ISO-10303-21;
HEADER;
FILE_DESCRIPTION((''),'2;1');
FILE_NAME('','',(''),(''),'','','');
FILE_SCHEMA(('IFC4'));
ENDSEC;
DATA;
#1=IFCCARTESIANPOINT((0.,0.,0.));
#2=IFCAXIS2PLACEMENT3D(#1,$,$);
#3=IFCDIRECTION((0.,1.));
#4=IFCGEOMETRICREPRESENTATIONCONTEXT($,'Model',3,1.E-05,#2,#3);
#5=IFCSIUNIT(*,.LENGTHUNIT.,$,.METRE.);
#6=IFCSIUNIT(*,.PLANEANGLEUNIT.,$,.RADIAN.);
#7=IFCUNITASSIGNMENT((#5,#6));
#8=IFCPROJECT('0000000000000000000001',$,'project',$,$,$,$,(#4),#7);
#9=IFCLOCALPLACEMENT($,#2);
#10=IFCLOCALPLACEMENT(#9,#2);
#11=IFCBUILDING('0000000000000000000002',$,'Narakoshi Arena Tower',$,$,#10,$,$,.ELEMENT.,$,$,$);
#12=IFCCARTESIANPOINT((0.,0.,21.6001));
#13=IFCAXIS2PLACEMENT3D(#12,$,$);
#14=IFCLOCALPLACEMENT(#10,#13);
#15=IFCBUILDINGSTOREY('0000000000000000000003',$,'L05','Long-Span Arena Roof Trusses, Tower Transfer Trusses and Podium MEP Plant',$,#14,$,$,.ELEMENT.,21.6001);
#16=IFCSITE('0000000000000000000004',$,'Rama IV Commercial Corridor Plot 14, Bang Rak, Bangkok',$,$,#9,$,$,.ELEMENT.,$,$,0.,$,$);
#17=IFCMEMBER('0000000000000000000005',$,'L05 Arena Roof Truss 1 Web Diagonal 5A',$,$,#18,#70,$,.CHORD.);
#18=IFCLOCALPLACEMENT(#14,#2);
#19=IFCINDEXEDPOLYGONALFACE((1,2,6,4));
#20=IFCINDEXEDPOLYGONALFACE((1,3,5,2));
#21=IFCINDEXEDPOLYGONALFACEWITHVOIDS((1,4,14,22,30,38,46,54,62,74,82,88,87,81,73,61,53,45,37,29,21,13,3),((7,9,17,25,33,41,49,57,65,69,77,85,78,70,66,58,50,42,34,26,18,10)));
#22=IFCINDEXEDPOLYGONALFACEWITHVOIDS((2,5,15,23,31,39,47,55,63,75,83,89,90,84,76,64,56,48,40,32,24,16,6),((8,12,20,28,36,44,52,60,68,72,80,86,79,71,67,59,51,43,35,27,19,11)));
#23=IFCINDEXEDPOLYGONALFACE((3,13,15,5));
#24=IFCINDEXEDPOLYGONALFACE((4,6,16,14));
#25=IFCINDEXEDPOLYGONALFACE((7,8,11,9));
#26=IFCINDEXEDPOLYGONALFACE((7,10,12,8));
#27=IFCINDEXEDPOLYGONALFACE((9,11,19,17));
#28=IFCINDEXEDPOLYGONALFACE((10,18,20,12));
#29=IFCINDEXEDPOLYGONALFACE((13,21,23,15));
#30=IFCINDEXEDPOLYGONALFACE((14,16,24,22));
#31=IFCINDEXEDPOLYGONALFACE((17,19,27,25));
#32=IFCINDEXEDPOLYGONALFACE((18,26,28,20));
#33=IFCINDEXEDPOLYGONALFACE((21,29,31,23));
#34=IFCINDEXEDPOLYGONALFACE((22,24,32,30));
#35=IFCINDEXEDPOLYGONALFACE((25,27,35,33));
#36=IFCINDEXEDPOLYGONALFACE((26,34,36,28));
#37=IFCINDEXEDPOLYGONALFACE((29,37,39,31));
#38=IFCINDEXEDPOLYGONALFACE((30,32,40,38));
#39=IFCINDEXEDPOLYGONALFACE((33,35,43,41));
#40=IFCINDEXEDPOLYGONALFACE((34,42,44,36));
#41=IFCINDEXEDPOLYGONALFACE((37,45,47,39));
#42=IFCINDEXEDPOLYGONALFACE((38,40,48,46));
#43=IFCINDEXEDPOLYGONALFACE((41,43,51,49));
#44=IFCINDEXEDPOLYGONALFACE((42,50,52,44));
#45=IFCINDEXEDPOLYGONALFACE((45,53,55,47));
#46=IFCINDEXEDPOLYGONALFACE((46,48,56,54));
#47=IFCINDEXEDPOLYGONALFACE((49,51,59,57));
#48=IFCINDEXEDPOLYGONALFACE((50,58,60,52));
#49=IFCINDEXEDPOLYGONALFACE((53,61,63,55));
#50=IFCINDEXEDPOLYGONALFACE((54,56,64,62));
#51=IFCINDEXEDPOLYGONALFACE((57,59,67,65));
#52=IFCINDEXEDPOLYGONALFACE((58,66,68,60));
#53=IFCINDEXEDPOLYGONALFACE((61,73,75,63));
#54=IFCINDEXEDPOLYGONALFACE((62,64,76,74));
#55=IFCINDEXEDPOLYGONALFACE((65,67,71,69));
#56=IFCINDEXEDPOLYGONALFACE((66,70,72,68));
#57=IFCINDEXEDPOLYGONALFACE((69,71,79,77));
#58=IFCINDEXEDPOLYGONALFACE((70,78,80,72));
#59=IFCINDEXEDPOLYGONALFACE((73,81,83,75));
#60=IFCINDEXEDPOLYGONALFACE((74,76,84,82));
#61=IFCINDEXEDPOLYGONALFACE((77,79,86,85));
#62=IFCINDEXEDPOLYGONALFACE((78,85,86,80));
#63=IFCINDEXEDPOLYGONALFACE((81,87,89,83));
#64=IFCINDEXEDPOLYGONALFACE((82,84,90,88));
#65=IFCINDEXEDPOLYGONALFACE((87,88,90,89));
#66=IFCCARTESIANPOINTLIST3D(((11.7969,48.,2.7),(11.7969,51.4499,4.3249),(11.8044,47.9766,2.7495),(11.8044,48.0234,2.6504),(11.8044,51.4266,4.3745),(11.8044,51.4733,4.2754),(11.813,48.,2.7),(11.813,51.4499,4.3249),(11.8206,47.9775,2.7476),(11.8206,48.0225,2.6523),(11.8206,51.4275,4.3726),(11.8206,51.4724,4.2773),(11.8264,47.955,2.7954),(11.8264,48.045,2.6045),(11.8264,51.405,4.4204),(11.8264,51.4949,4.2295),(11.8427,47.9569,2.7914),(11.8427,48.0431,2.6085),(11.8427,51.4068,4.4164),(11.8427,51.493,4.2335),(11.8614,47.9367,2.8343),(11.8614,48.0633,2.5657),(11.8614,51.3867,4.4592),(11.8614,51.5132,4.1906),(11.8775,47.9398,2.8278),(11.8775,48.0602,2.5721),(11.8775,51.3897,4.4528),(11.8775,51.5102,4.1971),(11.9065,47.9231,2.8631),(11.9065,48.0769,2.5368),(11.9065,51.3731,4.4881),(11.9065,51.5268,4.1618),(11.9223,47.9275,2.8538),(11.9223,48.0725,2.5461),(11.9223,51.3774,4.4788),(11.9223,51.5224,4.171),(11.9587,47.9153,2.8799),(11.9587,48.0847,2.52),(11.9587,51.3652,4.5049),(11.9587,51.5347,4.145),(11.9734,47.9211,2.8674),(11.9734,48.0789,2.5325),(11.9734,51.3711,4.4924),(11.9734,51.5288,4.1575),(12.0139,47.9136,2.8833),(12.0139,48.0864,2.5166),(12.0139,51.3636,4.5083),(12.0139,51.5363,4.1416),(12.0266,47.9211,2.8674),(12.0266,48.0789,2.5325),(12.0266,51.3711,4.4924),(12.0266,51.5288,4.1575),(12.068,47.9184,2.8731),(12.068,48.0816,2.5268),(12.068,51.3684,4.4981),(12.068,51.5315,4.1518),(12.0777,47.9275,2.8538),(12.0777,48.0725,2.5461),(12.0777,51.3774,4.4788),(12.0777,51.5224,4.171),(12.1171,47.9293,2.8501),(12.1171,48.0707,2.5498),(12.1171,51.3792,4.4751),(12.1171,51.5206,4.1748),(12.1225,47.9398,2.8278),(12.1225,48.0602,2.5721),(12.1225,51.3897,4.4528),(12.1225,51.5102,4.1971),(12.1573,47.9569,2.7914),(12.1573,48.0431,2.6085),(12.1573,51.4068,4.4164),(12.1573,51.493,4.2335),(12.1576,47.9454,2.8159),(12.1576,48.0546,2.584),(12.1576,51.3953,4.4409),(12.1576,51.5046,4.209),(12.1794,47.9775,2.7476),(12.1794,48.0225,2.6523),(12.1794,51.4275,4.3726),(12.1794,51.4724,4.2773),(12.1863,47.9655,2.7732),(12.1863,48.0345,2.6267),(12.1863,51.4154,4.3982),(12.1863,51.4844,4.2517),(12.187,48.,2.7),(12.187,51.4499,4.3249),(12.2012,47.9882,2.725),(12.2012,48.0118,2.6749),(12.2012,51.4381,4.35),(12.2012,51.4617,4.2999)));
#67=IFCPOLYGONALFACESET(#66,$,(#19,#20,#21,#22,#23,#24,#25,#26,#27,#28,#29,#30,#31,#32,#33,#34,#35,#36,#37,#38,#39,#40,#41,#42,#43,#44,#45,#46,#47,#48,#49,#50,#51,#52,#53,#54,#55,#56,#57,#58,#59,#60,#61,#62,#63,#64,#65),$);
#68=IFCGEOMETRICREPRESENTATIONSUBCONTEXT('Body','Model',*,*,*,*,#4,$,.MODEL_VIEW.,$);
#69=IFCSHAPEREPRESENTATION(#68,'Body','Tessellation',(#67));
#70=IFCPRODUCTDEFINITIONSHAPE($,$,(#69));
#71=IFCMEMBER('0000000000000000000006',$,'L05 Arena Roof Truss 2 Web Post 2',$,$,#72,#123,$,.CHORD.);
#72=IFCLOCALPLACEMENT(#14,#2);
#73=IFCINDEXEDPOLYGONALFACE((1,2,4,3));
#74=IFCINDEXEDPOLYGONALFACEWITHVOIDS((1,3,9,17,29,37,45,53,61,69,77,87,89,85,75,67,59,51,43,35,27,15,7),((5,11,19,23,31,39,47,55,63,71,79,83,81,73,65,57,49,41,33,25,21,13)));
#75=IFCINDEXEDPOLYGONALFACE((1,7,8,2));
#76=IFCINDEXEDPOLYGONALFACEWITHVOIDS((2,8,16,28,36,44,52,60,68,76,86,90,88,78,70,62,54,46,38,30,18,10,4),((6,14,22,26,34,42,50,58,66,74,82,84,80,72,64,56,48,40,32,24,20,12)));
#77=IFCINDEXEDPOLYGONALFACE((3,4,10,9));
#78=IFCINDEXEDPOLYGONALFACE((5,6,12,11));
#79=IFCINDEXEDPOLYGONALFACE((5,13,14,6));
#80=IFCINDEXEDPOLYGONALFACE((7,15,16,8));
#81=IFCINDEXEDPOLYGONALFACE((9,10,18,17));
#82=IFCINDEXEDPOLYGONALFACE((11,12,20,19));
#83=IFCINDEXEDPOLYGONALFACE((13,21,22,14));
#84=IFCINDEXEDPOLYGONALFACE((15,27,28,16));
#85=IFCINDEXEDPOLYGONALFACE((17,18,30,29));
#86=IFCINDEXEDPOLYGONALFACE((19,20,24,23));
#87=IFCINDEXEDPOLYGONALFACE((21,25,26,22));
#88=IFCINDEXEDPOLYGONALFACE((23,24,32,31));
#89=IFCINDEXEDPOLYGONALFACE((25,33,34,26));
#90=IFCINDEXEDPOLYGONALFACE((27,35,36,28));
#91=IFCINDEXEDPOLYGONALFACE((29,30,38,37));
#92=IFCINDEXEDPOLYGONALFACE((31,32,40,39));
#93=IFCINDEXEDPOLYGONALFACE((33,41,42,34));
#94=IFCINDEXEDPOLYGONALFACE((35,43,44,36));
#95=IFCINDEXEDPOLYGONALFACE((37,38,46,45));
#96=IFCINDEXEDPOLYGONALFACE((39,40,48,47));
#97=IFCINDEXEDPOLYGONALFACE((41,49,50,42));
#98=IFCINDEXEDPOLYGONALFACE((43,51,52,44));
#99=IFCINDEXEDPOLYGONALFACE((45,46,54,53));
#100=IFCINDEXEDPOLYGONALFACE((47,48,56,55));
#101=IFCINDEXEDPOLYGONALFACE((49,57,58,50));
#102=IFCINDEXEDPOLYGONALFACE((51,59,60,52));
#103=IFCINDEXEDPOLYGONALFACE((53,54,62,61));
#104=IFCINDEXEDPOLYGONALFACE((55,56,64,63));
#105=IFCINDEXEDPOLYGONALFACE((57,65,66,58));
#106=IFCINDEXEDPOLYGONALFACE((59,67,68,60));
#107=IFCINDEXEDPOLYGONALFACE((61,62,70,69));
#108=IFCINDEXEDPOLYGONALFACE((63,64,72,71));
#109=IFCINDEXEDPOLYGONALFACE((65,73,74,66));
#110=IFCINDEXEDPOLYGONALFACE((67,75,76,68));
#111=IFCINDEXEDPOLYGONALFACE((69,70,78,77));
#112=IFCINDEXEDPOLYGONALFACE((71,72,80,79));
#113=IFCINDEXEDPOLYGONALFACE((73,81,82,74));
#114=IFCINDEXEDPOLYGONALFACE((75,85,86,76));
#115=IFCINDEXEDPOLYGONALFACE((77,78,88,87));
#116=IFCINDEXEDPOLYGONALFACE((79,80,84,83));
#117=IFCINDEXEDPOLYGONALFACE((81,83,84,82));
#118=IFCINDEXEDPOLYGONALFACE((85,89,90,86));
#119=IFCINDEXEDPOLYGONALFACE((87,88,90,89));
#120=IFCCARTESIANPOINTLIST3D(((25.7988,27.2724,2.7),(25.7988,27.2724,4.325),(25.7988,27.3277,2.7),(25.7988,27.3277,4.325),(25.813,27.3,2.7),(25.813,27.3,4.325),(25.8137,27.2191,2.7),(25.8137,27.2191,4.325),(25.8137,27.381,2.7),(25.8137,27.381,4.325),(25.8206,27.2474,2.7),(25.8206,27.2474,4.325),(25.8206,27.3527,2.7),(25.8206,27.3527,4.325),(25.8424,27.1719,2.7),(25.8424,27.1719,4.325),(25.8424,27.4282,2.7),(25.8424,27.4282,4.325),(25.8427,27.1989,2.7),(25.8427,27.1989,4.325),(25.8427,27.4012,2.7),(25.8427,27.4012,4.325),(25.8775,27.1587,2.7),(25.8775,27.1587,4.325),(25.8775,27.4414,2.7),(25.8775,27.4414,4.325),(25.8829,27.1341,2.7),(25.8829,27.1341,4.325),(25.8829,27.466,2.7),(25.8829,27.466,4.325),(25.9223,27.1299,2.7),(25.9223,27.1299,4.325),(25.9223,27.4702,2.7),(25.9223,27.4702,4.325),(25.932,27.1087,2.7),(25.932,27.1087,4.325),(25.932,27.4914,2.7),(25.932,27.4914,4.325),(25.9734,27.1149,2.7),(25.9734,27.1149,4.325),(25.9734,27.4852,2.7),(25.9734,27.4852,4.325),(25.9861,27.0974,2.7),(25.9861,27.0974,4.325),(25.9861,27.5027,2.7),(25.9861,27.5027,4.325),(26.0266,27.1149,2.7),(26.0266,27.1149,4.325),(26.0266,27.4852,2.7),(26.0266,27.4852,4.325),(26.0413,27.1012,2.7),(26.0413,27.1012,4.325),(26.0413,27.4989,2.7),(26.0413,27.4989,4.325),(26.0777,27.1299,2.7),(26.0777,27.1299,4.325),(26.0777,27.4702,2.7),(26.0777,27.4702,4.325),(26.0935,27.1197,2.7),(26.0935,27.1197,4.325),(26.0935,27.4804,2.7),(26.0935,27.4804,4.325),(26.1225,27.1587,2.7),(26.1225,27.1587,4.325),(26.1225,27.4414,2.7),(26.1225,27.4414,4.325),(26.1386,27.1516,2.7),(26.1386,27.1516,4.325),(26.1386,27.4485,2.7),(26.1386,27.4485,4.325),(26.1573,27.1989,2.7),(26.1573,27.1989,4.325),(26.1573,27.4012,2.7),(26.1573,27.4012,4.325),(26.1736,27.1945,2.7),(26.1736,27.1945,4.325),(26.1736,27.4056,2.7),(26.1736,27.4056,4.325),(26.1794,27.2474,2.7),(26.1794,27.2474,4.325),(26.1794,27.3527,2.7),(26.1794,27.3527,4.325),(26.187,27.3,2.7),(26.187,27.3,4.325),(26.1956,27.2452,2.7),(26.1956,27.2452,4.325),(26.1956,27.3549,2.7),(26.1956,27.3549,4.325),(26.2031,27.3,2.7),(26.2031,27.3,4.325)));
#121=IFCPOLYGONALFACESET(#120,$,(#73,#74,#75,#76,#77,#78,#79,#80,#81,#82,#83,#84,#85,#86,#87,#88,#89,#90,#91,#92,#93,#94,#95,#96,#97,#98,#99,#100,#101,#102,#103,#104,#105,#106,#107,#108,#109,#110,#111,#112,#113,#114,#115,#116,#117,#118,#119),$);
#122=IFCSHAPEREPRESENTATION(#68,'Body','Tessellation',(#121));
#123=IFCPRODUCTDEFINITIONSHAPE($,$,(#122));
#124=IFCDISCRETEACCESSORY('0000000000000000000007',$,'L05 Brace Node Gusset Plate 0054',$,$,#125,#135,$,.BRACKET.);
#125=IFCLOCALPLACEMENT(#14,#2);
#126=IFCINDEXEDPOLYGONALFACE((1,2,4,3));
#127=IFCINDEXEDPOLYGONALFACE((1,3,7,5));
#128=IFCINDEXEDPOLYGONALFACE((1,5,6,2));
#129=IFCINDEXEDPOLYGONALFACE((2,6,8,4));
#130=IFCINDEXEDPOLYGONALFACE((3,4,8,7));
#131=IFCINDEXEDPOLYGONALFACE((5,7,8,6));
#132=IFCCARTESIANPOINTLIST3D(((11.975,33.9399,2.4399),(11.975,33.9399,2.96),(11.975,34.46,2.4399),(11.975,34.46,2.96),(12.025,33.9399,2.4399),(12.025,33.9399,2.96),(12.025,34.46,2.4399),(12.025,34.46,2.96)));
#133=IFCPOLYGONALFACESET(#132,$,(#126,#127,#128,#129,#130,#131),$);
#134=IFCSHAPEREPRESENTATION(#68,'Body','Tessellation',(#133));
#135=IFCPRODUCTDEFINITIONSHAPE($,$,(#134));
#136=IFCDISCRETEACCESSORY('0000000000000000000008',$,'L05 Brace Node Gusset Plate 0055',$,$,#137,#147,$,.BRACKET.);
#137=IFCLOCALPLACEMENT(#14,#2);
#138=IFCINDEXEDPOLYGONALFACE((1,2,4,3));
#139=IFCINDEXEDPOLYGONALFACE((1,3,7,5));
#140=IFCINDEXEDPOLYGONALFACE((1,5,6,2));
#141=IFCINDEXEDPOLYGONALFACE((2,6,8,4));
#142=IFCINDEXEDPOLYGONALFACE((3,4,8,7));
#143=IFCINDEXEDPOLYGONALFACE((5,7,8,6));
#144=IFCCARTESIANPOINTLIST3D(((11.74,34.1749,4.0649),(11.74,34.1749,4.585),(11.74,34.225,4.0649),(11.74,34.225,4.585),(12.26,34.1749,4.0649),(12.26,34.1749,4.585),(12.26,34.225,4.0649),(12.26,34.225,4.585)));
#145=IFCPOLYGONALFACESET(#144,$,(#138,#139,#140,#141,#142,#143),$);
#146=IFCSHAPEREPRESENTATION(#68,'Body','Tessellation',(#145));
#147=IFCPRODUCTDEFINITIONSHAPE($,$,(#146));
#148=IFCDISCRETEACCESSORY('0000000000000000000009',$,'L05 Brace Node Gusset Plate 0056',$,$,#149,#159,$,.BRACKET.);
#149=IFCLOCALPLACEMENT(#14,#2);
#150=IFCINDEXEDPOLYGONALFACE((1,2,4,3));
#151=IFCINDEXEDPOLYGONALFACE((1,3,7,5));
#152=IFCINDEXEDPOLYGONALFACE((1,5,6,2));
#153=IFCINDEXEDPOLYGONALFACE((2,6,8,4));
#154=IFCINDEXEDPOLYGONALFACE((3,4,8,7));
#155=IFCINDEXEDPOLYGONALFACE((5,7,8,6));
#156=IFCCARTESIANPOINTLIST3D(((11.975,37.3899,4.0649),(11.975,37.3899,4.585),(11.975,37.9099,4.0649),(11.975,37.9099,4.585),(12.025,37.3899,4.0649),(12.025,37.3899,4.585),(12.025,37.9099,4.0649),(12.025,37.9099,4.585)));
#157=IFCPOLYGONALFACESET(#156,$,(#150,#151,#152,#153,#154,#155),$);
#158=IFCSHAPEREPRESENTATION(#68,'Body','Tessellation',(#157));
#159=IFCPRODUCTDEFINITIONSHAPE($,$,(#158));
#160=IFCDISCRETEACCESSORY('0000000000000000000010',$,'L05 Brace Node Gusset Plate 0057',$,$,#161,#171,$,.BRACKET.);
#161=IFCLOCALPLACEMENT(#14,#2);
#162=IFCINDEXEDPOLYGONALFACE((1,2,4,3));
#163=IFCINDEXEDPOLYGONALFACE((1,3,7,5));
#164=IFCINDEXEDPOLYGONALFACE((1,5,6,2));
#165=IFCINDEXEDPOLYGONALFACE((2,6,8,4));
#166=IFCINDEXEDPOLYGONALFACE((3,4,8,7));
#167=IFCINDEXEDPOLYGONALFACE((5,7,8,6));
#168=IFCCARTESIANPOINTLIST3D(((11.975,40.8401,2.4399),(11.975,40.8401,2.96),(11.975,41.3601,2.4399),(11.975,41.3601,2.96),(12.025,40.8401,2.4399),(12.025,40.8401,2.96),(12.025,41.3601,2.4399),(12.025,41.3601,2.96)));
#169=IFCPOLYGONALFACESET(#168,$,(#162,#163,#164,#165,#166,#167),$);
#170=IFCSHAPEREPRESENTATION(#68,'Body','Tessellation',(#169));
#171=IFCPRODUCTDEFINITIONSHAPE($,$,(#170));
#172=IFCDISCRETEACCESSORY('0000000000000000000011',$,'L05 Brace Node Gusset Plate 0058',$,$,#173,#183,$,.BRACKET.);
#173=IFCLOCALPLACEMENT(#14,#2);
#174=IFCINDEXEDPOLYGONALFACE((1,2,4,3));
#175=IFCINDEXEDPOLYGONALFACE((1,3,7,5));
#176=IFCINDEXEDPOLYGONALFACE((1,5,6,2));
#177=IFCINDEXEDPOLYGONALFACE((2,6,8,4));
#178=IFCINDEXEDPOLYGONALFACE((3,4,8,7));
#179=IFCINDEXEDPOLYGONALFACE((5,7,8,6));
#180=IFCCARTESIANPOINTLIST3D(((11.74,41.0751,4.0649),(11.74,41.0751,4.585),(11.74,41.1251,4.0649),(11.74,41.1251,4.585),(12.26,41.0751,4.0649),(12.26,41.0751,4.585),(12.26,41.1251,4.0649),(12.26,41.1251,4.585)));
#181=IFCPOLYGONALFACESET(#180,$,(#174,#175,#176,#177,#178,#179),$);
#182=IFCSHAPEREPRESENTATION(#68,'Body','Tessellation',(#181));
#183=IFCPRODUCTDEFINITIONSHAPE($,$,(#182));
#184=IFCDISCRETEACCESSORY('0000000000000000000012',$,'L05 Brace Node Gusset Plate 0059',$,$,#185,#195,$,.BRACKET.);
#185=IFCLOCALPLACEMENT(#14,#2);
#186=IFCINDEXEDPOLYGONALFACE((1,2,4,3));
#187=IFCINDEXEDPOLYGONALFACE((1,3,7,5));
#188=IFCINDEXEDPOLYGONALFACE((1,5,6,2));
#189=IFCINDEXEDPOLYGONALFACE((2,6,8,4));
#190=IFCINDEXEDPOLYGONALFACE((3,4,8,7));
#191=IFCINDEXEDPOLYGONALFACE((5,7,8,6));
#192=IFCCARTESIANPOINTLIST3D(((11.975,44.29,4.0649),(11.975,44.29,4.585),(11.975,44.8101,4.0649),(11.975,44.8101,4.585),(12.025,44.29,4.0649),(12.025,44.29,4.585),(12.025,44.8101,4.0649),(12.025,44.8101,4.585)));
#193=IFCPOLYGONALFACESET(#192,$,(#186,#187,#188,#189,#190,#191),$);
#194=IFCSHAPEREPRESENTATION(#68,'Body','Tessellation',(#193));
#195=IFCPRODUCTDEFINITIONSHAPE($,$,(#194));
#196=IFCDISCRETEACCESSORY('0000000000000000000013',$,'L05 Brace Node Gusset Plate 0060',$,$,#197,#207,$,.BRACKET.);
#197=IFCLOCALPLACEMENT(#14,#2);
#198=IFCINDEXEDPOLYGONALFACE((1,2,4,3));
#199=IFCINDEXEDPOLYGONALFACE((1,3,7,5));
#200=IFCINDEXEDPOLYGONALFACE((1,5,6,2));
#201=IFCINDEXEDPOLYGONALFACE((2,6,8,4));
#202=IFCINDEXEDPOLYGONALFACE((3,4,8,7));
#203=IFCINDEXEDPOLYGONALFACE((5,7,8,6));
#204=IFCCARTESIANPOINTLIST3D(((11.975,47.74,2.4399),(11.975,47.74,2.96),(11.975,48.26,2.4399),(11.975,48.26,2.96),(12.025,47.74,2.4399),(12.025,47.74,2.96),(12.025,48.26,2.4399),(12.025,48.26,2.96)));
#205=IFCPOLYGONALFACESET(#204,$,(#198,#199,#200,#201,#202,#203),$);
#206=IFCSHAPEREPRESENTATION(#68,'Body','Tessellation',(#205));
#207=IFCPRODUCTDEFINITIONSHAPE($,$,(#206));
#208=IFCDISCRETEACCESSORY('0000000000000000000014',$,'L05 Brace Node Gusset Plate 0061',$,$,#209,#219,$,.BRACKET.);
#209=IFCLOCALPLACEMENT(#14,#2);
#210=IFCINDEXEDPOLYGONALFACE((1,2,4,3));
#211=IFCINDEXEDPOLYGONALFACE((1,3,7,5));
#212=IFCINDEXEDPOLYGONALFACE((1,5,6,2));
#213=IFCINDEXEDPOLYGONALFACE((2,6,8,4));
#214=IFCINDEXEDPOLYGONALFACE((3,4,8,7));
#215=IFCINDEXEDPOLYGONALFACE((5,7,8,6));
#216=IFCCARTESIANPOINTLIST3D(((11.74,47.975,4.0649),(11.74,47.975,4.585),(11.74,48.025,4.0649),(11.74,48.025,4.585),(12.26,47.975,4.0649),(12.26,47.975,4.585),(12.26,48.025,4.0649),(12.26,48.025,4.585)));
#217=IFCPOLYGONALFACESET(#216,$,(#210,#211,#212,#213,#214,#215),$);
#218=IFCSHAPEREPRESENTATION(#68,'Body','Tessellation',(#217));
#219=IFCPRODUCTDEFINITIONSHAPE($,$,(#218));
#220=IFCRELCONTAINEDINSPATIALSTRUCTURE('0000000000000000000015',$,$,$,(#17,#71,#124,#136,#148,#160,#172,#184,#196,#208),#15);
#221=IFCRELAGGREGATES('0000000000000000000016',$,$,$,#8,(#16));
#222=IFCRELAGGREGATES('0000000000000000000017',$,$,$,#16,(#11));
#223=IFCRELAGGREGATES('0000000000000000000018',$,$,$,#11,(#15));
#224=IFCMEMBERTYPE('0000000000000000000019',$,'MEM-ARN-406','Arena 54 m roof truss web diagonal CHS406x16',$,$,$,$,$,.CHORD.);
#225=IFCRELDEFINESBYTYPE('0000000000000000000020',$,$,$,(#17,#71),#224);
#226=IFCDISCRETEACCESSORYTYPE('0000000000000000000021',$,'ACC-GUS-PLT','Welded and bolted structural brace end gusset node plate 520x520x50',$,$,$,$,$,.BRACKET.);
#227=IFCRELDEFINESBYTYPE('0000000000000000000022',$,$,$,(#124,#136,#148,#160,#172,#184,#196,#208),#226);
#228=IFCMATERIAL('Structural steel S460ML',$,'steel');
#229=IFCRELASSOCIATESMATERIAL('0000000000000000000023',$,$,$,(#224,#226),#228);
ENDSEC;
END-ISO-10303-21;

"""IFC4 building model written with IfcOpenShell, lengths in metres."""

from ifc_helpers import new_model, si_unit, direction, frame, origin, origin_2d, place, context, subcontext, project, spatial, rectangle, hollow_circle, extrude, material, material_profile, profile_set, type_object, element, save


model = new_model("IFC4")

# Units and contexts
model_context = context("Model", 3, precision=1e-05, world=origin(), true_north=direction((0.0, 1.0)))
body_context = subcontext(model_context, "Body", "Model", "MODEL_VIEW")
ifc_project = project(units=[si_unit("LENGTHUNIT", "METRE"), si_unit("PLANEANGLEUNIT", "RADIAN")], contexts=[model_context])

# Site, building, storey
site_placement = place(None, origin())
site = spatial("IfcSite", under=ifc_project, at=site_placement, Name="Rama IV Commercial Corridor Plot 14, Bang Rak, Bangkok", CompositionType="ELEMENT", RefElevation=0.0)
building_placement = place(site_placement, origin())
building = spatial("IfcBuilding", under=site, at=building_placement, Name="Narakoshi Arena Tower", CompositionType="ELEMENT")
storey_placement = place(building_placement, frame((0.0, 0.0, 21.6001)))
storey = spatial("IfcBuildingStorey", under=building, at=storey_placement, Name="L05", Description="Long-Span Arena Roof Trusses, Tower Transfer Trusses and Podium MEP Plant", CompositionType="ELEMENT", Elevation=21.6001)

# Members
ifc_material_1 = material(Name="Structural steel S460ML", Category="steel")
ifc_material_profile_1 = material_profile(ifc_material_1, hollow_circle(Radius=0.2031, WallThickness=0.0161, at=origin_2d()), Name="CHS406x16")
ifc_profile_set_1 = profile_set([ifc_material_profile_1], Name="Structural steel S460ML")
member_type = type_object("IfcMemberType", Name="MEM-ARN-406", Description="Arena 54 m roof truss web diagonal CHS406x16", PredefinedType="CHORD", material=ifc_profile_set_1)
member_1_placement = place(storey_placement, frame((12.0, 48.0, 2.7), z_axis=(0.0, 0.904668, 0.426118), x_axis=(-1.0, 0.0, 0.0)))
element("IfcMember", 1, at=member_1_placement, inside=storey, type_object=member_type, Name="L05 Arena Roof Truss 1 Web Diagonal 5A", PredefinedType="CHORD", context=body_context, shape_type="SweptSolid", body=[
    extrude(hollow_circle(Radius=0.2031, WallThickness=0.0161, at=origin_2d()), origin(), (0.0, 0.0, 1.0), 3.8135),
])
member_2_placement = place(storey_placement, frame((26.0, 27.3, 2.7), z_axis=(0.0, 0.0, 1.0), x_axis=(1.0, 0.0, 0.0)))
element("IfcMember", 2, at=member_2_placement, inside=storey, type_object=member_type, Name="L05 Arena Roof Truss 2 Web Post 2", PredefinedType="CHORD", context=body_context, shape_type="SweptSolid", body=[
    extrude(hollow_circle(Radius=0.2031, WallThickness=0.0161, at=origin_2d()), origin(), (0.0, 0.0, 1.0), 1.625),
])

# Discrete accessories
discrete_accessory_type = type_object("IfcDiscreteAccessoryType", Name="ACC-GUS-PLT", Description="Welded and bolted structural brace end gusset node plate 520x520x50", PredefinedType="BRACKET", material=ifc_material_1)
for number, where, z_axis, x_axis, name in (
    (3, (12.0, 34.2, 2.4399), (0.0, 0.0, 1.0), (0.0, 1.0, 0.0), "L05 Brace Node Gusset Plate 0054"),
    (4, (12.0, 34.2, 4.0649), (0.0, 0.0, 1.0), (1.0, 0.0, 0.0), "L05 Brace Node Gusset Plate 0055"),
    (5, (12.0, 37.6499, 4.0649), (0.0, 0.0, 1.0), (0.0, 1.0, 0.0), "L05 Brace Node Gusset Plate 0056"),
    (6, (12.0, 41.1001, 2.4399), (0.0, 0.0, 1.0), (0.0, 1.0, 0.0), "L05 Brace Node Gusset Plate 0057"),
    (7, (12.0, 41.1001, 4.0649), (0.0, 0.0, 1.0), (1.0, 0.0, 0.0), "L05 Brace Node Gusset Plate 0058"),
    (8, (12.0, 44.55, 4.0649), (0.0, 0.0, 1.0), (0.0, 1.0, 0.0), "L05 Brace Node Gusset Plate 0059"),
    (9, (12.0, 48.0, 2.4399), (0.0, 0.0, 1.0), (0.0, 1.0, 0.0), "L05 Brace Node Gusset Plate 0060"),
    (10, (12.0, 48.0, 4.0649), (0.0, 0.0, 1.0), (1.0, 0.0, 0.0), "L05 Brace Node Gusset Plate 0061"),
):
    element("IfcDiscreteAccessory", number, at=place(storey_placement, frame(where, z_axis=z_axis, x_axis=x_axis)), inside=storey, type_object=discrete_accessory_type, Name=name, PredefinedType="BRACKET", context=body_context, shape_type="SweptSolid", body=[
        extrude(rectangle(XDim=0.52, YDim=0.05, at=origin_2d()), origin(), (0.0, 0.0, 1.0), 0.52),
    ])

save(model, "model.ifc")
